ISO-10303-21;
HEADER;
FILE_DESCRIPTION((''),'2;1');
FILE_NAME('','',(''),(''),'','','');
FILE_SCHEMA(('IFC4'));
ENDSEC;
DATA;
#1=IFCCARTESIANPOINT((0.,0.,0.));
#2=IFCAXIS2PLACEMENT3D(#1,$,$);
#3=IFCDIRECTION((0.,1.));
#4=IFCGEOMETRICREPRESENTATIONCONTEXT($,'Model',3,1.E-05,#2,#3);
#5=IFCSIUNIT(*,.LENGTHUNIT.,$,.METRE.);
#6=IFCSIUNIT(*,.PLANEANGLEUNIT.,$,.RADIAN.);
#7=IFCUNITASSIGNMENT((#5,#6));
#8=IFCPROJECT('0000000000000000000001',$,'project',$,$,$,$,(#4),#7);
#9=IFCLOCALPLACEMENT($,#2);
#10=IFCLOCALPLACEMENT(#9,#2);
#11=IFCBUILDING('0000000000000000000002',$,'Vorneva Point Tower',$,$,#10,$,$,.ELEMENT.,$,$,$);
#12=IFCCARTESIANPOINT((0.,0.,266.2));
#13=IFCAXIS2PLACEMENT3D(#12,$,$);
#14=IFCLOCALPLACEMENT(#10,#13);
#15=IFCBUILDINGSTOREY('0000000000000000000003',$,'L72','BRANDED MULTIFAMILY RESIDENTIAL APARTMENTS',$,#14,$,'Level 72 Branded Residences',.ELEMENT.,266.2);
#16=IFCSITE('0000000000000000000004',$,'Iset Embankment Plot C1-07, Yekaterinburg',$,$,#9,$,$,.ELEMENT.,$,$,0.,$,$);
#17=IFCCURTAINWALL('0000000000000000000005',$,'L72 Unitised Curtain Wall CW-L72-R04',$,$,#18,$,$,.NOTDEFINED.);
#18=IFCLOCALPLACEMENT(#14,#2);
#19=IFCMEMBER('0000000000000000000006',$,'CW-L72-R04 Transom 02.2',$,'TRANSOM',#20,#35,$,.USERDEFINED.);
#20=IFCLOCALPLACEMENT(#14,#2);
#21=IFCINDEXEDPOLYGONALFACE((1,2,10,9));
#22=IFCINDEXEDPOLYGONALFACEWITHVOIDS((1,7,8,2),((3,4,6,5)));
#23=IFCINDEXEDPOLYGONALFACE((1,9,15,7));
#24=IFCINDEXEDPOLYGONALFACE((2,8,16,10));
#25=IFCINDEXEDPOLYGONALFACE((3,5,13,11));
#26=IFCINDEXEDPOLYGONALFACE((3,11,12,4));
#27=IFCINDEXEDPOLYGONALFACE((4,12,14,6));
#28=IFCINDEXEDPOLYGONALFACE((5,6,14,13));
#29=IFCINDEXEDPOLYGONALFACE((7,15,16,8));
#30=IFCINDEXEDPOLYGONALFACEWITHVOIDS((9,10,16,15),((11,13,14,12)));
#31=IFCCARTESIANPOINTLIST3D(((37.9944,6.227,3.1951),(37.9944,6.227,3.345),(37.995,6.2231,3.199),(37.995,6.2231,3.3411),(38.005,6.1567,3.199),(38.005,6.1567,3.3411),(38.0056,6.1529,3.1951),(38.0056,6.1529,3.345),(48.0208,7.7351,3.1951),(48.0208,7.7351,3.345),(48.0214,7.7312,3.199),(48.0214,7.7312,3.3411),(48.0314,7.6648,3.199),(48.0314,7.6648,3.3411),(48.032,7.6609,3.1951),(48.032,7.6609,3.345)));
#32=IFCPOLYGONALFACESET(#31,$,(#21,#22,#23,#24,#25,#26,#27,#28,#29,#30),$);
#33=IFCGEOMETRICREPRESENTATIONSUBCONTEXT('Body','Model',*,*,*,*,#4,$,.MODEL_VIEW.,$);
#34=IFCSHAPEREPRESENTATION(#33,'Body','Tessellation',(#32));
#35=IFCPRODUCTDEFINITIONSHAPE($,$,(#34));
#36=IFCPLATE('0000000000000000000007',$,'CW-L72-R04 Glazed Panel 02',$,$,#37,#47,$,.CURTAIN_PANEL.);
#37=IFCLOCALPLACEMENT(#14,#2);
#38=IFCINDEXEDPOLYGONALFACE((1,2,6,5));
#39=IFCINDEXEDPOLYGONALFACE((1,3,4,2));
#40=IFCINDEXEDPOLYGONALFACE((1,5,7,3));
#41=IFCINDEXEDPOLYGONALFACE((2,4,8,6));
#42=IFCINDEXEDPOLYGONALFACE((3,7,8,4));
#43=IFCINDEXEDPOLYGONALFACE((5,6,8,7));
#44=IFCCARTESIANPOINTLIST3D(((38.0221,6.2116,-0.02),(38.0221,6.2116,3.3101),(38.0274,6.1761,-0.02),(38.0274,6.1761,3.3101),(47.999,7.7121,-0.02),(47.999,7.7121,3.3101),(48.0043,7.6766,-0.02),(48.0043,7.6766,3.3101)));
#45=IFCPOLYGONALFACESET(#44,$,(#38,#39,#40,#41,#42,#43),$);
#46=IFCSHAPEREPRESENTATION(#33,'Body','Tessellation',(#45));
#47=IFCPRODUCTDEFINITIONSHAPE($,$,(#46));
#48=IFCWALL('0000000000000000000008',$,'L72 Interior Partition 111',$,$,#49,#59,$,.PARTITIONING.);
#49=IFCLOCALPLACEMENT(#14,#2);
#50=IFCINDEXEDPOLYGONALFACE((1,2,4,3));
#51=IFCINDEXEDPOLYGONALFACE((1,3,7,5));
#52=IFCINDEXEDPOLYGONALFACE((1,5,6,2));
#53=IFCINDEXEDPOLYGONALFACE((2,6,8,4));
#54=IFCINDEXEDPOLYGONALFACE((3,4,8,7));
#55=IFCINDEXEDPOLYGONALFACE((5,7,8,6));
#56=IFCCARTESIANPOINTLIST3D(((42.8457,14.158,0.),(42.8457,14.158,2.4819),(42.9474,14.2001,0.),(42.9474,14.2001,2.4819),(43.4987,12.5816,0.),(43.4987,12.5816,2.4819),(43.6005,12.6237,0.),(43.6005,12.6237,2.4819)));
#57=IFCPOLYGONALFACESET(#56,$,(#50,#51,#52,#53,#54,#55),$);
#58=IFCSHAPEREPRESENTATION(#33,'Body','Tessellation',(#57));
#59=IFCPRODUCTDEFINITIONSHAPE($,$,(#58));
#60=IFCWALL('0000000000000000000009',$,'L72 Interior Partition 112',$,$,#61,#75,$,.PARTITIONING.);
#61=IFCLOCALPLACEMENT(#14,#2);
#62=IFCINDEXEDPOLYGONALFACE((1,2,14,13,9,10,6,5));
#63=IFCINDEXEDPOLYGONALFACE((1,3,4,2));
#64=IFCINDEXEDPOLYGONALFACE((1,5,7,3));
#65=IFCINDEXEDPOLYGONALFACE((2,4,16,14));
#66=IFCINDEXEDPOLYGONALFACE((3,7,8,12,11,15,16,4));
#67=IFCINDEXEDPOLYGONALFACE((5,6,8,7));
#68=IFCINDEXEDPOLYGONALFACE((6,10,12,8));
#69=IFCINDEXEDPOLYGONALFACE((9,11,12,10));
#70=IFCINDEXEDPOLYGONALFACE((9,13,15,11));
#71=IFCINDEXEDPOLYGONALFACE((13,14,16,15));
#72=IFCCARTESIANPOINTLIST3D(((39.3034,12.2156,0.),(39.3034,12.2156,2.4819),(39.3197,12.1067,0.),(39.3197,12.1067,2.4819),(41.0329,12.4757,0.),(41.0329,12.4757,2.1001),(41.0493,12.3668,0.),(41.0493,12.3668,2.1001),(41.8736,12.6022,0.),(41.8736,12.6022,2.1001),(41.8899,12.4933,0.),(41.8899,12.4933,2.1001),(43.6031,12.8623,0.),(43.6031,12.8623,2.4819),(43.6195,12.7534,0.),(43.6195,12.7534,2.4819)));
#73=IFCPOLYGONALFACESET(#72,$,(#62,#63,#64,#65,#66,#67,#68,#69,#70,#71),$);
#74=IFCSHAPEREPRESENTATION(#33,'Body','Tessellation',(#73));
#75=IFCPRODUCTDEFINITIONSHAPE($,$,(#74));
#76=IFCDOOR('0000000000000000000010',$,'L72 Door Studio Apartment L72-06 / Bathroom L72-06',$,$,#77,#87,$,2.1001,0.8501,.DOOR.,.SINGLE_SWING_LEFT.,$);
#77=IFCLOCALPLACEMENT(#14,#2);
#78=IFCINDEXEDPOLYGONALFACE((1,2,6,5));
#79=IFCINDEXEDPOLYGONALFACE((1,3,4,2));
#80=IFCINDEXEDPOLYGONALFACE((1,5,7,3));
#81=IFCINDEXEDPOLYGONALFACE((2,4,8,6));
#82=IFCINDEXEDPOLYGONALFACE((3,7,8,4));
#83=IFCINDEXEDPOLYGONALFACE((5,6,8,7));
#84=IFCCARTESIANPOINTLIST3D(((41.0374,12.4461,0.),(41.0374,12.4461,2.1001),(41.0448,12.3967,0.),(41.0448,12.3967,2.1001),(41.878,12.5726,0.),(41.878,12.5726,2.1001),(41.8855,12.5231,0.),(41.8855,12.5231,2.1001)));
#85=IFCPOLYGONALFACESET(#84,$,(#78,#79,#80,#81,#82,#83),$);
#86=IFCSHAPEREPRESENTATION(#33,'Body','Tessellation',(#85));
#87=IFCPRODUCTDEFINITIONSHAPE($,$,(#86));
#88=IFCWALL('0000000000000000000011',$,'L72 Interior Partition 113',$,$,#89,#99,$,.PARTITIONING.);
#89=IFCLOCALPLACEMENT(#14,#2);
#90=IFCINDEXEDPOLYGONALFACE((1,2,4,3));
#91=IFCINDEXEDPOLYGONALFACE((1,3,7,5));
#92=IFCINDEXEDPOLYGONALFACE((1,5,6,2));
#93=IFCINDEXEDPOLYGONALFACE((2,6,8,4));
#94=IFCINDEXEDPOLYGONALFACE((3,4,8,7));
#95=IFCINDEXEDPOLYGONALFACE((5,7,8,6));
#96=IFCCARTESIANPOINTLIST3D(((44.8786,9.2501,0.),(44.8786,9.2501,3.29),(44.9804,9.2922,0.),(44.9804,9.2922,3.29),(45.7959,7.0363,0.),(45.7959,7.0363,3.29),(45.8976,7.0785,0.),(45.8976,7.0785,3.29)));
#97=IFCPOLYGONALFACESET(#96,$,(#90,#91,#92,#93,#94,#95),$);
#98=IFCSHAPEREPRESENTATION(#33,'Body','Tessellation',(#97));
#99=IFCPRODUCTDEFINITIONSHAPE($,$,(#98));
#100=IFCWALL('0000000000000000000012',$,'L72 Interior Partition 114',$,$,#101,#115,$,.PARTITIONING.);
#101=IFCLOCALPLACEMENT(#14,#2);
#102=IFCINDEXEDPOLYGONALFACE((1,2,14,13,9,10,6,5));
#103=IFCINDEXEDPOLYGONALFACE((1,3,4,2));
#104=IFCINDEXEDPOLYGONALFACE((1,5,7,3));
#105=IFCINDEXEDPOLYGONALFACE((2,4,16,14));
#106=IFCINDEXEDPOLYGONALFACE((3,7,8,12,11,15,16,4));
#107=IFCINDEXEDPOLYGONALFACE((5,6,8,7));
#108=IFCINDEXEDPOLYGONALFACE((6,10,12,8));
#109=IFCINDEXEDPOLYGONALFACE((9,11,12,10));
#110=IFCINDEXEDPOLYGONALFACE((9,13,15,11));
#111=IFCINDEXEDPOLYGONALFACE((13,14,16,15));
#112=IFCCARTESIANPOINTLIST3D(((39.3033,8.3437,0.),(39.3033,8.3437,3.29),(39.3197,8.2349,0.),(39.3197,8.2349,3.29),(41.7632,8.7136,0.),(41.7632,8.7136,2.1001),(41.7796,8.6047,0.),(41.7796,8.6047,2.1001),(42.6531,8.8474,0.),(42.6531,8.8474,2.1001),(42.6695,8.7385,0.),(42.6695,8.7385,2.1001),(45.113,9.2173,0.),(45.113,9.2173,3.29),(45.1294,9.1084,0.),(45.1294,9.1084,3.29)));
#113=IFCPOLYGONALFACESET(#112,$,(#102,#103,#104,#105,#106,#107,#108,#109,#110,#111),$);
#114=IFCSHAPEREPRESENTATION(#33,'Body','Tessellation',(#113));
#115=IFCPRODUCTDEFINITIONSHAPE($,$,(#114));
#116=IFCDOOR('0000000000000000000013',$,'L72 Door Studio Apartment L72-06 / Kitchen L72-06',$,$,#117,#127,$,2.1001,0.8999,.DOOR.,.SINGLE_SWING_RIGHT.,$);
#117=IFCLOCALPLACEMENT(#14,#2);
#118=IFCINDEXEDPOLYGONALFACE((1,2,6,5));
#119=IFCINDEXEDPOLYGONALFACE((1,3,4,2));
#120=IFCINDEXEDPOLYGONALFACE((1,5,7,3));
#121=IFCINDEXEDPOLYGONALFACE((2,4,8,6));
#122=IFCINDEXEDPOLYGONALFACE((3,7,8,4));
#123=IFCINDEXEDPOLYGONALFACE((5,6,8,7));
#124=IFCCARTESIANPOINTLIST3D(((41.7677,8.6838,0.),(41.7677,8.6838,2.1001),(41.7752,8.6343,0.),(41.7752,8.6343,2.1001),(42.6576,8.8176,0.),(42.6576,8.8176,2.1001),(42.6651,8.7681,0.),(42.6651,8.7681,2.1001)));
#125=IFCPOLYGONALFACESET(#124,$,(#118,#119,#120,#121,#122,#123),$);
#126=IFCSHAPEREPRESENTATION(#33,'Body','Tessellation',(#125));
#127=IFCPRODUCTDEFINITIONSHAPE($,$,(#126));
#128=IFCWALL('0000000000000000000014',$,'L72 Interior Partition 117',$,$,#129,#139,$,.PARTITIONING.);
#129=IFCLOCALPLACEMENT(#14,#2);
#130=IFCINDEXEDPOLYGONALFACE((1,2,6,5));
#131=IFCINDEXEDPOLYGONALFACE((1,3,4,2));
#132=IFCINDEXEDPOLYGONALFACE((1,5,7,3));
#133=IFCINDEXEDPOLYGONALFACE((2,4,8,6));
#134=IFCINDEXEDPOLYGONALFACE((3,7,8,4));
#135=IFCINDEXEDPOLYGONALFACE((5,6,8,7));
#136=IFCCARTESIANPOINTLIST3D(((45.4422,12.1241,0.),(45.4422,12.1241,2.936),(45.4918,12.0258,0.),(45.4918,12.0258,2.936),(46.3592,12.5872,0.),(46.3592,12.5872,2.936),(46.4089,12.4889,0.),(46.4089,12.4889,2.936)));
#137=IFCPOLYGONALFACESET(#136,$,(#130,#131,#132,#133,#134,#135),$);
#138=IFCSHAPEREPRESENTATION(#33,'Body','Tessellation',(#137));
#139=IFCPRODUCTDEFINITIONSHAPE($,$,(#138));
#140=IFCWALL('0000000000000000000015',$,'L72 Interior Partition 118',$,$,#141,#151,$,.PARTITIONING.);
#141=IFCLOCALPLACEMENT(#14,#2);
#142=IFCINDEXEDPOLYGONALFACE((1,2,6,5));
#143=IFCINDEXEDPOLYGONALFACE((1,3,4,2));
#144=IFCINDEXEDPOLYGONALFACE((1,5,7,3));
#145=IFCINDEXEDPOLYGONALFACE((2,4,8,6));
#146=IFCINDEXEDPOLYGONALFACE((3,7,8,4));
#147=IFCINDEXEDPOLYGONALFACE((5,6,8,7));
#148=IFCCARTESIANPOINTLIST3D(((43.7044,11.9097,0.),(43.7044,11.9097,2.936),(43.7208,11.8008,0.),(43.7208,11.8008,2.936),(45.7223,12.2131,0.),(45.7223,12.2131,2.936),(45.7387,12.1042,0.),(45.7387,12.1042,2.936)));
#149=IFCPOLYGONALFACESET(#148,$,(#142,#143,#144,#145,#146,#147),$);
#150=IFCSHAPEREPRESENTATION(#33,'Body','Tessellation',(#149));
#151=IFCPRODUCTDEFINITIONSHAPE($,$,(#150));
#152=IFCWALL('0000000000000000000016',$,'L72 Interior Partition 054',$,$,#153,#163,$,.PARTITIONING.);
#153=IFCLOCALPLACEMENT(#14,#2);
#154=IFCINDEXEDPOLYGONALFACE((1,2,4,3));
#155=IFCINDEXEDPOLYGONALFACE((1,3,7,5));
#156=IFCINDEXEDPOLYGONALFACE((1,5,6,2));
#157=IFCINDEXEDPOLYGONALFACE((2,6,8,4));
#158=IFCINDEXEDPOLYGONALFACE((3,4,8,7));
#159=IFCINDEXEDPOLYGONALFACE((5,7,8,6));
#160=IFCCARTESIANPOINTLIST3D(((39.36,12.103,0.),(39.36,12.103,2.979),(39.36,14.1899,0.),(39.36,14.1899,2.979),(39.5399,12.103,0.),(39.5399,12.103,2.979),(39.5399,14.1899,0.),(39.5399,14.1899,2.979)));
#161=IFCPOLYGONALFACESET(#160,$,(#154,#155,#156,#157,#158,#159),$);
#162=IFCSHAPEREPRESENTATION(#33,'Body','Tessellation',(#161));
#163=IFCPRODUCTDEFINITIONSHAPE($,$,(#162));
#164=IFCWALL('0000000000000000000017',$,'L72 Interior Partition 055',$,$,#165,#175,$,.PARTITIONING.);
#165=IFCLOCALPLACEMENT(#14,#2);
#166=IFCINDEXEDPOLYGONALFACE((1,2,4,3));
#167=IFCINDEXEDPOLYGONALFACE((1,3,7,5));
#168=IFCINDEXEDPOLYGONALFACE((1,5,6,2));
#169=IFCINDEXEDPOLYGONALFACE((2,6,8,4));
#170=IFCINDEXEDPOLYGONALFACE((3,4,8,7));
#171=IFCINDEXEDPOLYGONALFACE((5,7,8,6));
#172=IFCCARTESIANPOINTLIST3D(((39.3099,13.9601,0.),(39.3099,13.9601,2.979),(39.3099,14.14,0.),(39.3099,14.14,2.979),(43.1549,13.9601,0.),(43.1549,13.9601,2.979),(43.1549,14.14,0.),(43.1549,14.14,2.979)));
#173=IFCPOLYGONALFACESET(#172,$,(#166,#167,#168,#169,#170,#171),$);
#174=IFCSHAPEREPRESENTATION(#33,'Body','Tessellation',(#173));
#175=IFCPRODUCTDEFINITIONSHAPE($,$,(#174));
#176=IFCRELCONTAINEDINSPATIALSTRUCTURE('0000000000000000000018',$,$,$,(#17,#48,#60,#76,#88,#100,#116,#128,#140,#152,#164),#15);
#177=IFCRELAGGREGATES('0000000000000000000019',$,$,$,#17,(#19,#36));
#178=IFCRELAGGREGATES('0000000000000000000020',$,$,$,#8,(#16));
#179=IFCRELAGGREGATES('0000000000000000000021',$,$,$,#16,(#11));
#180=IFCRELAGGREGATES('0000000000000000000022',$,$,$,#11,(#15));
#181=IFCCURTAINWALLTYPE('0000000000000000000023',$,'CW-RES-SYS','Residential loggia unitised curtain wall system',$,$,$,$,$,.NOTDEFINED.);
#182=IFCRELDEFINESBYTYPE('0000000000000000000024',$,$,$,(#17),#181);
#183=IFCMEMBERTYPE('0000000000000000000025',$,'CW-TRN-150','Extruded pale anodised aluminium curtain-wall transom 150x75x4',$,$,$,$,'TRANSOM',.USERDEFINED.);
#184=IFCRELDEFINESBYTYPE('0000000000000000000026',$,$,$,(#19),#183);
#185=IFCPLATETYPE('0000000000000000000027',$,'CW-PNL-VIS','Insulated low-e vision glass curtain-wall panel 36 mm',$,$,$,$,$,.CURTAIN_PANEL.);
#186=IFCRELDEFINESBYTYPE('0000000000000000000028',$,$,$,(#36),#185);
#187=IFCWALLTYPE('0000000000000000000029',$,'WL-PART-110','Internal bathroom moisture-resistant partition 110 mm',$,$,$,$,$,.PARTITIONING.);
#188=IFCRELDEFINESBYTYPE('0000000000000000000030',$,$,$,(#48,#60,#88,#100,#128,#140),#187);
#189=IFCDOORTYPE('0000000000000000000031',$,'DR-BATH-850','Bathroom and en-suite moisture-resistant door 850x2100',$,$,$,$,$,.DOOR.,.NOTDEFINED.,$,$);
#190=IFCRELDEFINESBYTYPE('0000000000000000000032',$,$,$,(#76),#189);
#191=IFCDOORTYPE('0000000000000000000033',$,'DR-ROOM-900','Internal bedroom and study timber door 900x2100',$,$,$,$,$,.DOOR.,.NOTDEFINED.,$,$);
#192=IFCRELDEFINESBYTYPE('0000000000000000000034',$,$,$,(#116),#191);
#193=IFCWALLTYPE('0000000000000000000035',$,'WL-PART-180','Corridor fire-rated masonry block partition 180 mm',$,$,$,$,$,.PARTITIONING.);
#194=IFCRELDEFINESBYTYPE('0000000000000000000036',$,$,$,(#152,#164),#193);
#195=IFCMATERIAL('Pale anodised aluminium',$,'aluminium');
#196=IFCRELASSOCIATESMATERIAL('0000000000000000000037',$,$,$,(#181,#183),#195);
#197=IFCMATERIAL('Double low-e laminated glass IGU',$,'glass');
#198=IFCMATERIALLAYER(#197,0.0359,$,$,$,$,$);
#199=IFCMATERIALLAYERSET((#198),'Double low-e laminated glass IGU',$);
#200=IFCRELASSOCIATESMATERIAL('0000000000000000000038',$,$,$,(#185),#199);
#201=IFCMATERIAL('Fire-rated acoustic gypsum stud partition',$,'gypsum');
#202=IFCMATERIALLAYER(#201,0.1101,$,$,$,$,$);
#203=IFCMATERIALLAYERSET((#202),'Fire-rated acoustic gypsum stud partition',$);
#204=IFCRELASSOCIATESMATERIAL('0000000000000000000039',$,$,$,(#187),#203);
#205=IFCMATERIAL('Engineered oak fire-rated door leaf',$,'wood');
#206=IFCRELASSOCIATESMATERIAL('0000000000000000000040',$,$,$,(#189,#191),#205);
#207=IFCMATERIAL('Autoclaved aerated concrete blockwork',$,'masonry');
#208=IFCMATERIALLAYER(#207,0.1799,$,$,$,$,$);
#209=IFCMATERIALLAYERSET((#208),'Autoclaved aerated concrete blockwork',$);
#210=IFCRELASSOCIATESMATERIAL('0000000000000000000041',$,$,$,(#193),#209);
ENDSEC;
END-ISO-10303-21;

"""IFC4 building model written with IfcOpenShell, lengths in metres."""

from ifc_helpers import new_model, si_unit, direction, frame, frame_2d, origin, origin_2d, place, context, subcontext, project, spatial, rectangle, hollow_rectangle, extrude, material, layer, layer_set, material_profile, profile_set, type_object, element, fill, aggregate, save


model = new_model("IFC4")

# Units and contexts
model_context = context("Model", 3, precision=1e-05, world=origin(), true_north=direction((0.0, 1.0)))
body_context = subcontext(model_context, "Body", "Model", "MODEL_VIEW")
ifc_project = project(units=[si_unit("LENGTHUNIT", "METRE"), si_unit("PLANEANGLEUNIT", "RADIAN")], contexts=[model_context])

# Site, building, storey
site_placement = place(None, origin())
site = spatial("IfcSite", under=ifc_project, at=site_placement, Name="Iset Embankment Plot C1-07, Yekaterinburg", CompositionType="ELEMENT", RefElevation=0.0)
building_placement = place(site_placement, origin())
building = spatial("IfcBuilding", under=site, at=building_placement, Name="Vorneva Point Tower", CompositionType="ELEMENT")
storey_placement = place(building_placement, frame((0.0, 0.0, 266.2)))
storey = spatial("IfcBuildingStorey", under=building, at=storey_placement, Name="L72", Description="BRANDED MULTIFAMILY RESIDENTIAL APARTMENTS", LongName="Level 72 Branded Residences", CompositionType="ELEMENT", Elevation=266.2)

# Curtain wall, member, plate
ifc_material_1 = material(Name="Pale anodised aluminium", Category="aluminium")
curtain_wall_type = type_object("IfcCurtainWallType", Name="CW-RES-SYS", Description="Residential loggia unitised curtain wall system", PredefinedType="NOTDEFINED", material=ifc_material_1)
curtain_wall_placement = place(storey_placement, origin())
curtain_wall = element("IfcCurtainWall", 1, at=curtain_wall_placement, inside=storey, type_object=curtain_wall_type, Name="L72 Unitised Curtain Wall CW-L72-R04", PredefinedType="NOTDEFINED")
ifc_material_profile_1 = material_profile(ifc_material_1, hollow_rectangle(XDim=0.075, YDim=0.1499, WallThickness=0.0039, at=origin_2d()), Name="AL-TRN 150x75x4")
ifc_profile_set_1 = profile_set([ifc_material_profile_1], Name="Pale anodised aluminium")
member_type_1 = type_object("IfcMemberType", Name="CW-TRN-150", Description="Extruded pale anodised aluminium curtain-wall transom 150x75x4", ElementType="TRANSOM", PredefinedType="USERDEFINED", material=ifc_profile_set_1)
member_1_placement = place(storey_placement, frame((38.0, 6.1899, 3.27), z_axis=(0.988877, 0.148736, 0.0), x_axis=(-0.148736, 0.988877, 0.0)))
member_1 = element("IfcMember", 2, at=member_1_placement, type_object=member_type_1, Name="CW-L72-R04 Transom 02.2", ObjectType="TRANSOM", PredefinedType="USERDEFINED", context=body_context, shape_type="SweptSolid", body=[
    extrude(hollow_rectangle(XDim=0.075, YDim=0.1499, WallThickness=0.0039, at=origin_2d()), origin(), (0.0, 0.0, 1.0), 10.1392),
])
ifc_material_2 = material(Name="Double low-e laminated glass IGU", Category="glass")
ifc_layer_1 = layer(ifc_material_2, 0.0359)
ifc_layer_set_1 = layer_set([ifc_layer_1], Name="Double low-e laminated glass IGU")
plate_type = type_object("IfcPlateType", Name="CW-PNL-VIS", Description="Insulated low-e vision glass curtain-wall panel 36 mm", PredefinedType="CURTAIN_PANEL", material=ifc_layer_set_1)
plate_placement = place(storey_placement, frame((43.0132, 6.9441, -0.02), z_axis=(0.0, 0.0, 1.0), x_axis=(0.988879, 0.148724, 0.0)))
plate = element("IfcPlate", 3, at=plate_placement, type_object=plate_type, Name="CW-L72-R04 Glazed Panel 02", PredefinedType="CURTAIN_PANEL", context=body_context, shape_type="SweptSolid", body=[
    extrude(rectangle(XDim=10.0891, YDim=0.0359, at=origin_2d()), origin(), (0.0, 0.0, 1.0), 3.3301),
])
aggregate(curtain_wall, [member_1, plate])

# Wall
ifc_material_3 = material(Name="Fire-rated acoustic gypsum stud partition", Category="gypsum")
ifc_layer_2 = layer(ifc_material_3, 0.1101)
ifc_layer_set_2 = layer_set([ifc_layer_2], Name="Fire-rated acoustic gypsum stud partition")
wall_type_1 = type_object("IfcWallType", Name="WL-PART-110", Description="Internal bathroom moisture-resistant partition 110 mm", PredefinedType="PARTITIONING", material=ifc_layer_set_2)
wall_1_placement = place(storey_placement, frame((43.5496, 12.6028, 0.0), z_axis=(0.0, 0.0, 1.0), x_axis=(-0.382735, 0.923858, 0.0)))
element("IfcWall", 4, at=wall_1_placement, inside=storey, type_object=wall_type_1, Name="L72 Interior Partition 111", PredefinedType="PARTITIONING", context=body_context, shape_type="SweptSolid", body=[
    extrude(rectangle(XDim=1.7063, YDim=0.1101, at=frame_2d((0.853, 0.0))), origin(), (0.0, 0.0, 1.0), 2.4819),
])

# Wall, opening, door
wall_2_placement = place(storey_placement, frame((43.6113, 12.8079, 0.0), z_axis=(0.0, 0.0, 1.0), x_axis=(-0.988877, -0.148736, 0.0)))
wall_2 = element("IfcWall", 5, at=wall_2_placement, inside=storey, type_object=wall_type_1, Name="L72 Interior Partition 112", PredefinedType="PARTITIONING", context=body_context, shape_type="SweptSolid", body=[
    extrude(rectangle(XDim=4.3481, YDim=0.1101, at=frame_2d((2.1741, 0.0))), origin(), (0.0, 0.0, 1.0), 2.4819),
])
opening_1_placement = place(wall_2_placement, frame((1.749, 0.0, 0.0)))
opening_1 = element("IfcOpeningElement", 6, at=opening_1_placement, cuts=wall_2, PredefinedType="OPENING", context=body_context, shape_type="SweptSolid", body=[
    extrude(rectangle(XDim=0.8501, YDim=2.1001, at=frame_2d((0.425, 1.05))), frame((0.0, 0.0698, 0.0), z_axis=(0.0, -1.0, 0.0), x_axis=(1.0, 0.0, 0.0)), (0.0, 0.0, 1.0), 0.1399),
])
ifc_material_4 = material(Name="Engineered oak fire-rated door leaf", Category="wood")
door_type_1 = type_object("IfcDoorType", Name="DR-BATH-850", Description="Bathroom and en-suite moisture-resistant door 850x2100", OperationType="NOTDEFINED", PredefinedType="DOOR", material=ifc_material_4)
door_1_placement = place(opening_1_placement, origin())
door_1 = element("IfcDoor", 7, at=door_1_placement, inside=storey, type_object=door_type_1, Name="L72 Door Studio Apartment L72-06 / Bathroom L72-06", OperationType="SINGLE_SWING_LEFT", OverallHeight=2.1001, OverallWidth=0.8501, PredefinedType="DOOR", context=body_context, shape_type="SweptSolid", body=[
    extrude(rectangle(XDim=0.8501, YDim=2.1001, at=frame_2d((0.425, 1.05))), frame((0.0, 0.0249, 0.0), z_axis=(0.0, -1.0, 0.0), x_axis=(1.0, 0.0, 0.0)), (0.0, 0.0, 1.0), 0.05),
])
fill(opening_1, door_1)

# Wall
wall_3_placement = place(storey_placement, frame((44.9294, 9.2712, 0.0), z_axis=(0.0, 0.0, 1.0), x_axis=(0.382799, -0.923832, 0.0)))
element("IfcWall", 8, at=wall_3_placement, inside=storey, type_object=wall_type_1, Name="L72 Interior Partition 113", PredefinedType="PARTITIONING", context=body_context, shape_type="SweptSolid", body=[
    extrude(rectangle(XDim=2.3962, YDim=0.1101, at=frame_2d((1.1982, 0.0))), origin(), (0.0, 0.0, 1.0), 3.29),
])

# Wall, opening, door
wall_4_placement = place(storey_placement, frame((39.3115, 8.2893, 0.0), z_axis=(0.0, 0.0, 1.0), x_axis=(0.988885, 0.148684, 0.0)))
wall_4 = element("IfcWall", 9, at=wall_4_placement, inside=storey, type_object=wall_type_1, Name="L72 Interior Partition 114", PredefinedType="PARTITIONING", context=body_context, shape_type="SweptSolid", body=[
    extrude(rectangle(XDim=5.875, YDim=0.1101, at=frame_2d((2.9375, 0.0))), origin(), (0.0, 0.0, 1.0), 3.29),
])
opening_2_placement = place(wall_4_placement, frame((2.4875, 0.0, 0.0)))
opening_2 = element("IfcOpeningElement", 10, at=opening_2_placement, cuts=wall_4, PredefinedType="OPENING", context=body_context, shape_type="SweptSolid", body=[
    extrude(rectangle(XDim=0.8999, YDim=2.1001, at=frame_2d((0.45, 1.05))), frame((0.0, 0.0698, 0.0), z_axis=(0.0, -1.0, 0.0), x_axis=(1.0, 0.0, 0.0)), (0.0, 0.0, 1.0), 0.1399),
])
door_type_2 = type_object("IfcDoorType", Name="DR-ROOM-900", Description="Internal bedroom and study timber door 900x2100", OperationType="NOTDEFINED", PredefinedType="DOOR", material=ifc_material_4)
door_2_placement = place(opening_2_placement, origin())
door_2 = element("IfcDoor", 11, at=door_2_placement, inside=storey, type_object=door_type_2, Name="L72 Door Studio Apartment L72-06 / Kitchen L72-06", OperationType="SINGLE_SWING_RIGHT", OverallHeight=2.1001, OverallWidth=0.8999, PredefinedType="DOOR", context=body_context, shape_type="SweptSolid", body=[
    extrude(rectangle(XDim=0.8999, YDim=2.1001, at=frame_2d((0.45, 1.05))), frame((0.0, 0.0249, 0.0), z_axis=(0.0, -1.0, 0.0), x_axis=(1.0, 0.0, 0.0)), (0.0, 0.0, 1.0), 0.05),
])
fill(opening_2, door_2)

# Walls
wall_5_placement = place(storey_placement, frame((46.384, 12.5381, 0.0), z_axis=(0.0, 0.0, 1.0), x_axis=(-0.892614, -0.450822, 0.0)))
element("IfcWall", 12, at=wall_5_placement, inside=storey, type_object=wall_type_1, Name="L72 Interior Partition 117", PredefinedType="PARTITIONING", context=body_context, shape_type="SweptSolid", body=[
    extrude(rectangle(XDim=1.0273, YDim=0.1101, at=frame_2d((0.5137, 0.0))), origin(), (0.0, 0.0, 1.0), 2.936),
])
wall_6_placement = place(storey_placement, frame((45.7305, 12.1587, 0.0), z_axis=(0.0, 0.0, 1.0), x_axis=(-0.988879, -0.148721, 0.0)))
element("IfcWall", 13, at=wall_6_placement, inside=storey, type_object=wall_type_1, Name="L72 Interior Partition 118", PredefinedType="PARTITIONING", context=body_context, shape_type="SweptSolid", body=[
    extrude(rectangle(XDim=2.0405, YDim=0.1101, at=frame_2d((1.0203, 0.0))), origin(), (0.0, 0.0, 1.0), 2.936),
])

# Shared definitions
ifc_material_5 = material(Name="Autoclaved aerated concrete blockwork", Category="masonry")
ifc_layer_3 = layer(ifc_material_5, 0.1799)
ifc_layer_set_3 = layer_set([ifc_layer_3], Name="Autoclaved aerated concrete blockwork")
wall_type_2 = type_object("IfcWallType", Name="WL-PART-180", Description="Corridor fire-rated masonry block partition 180 mm", PredefinedType="PARTITIONING", material=ifc_layer_set_3)

# Walls
wall_7_placement = place(storey_placement, frame((39.45, 12.103, 0.0), z_axis=(0.0, 0.0, 1.0), x_axis=(0.0, 1.0, 0.0)))
element("IfcWall", 14, at=wall_7_placement, inside=storey, type_object=wall_type_2, Name="L72 Interior Partition 054", PredefinedType="PARTITIONING", context=body_context, shape_type="SweptSolid", body=[
    extrude(rectangle(XDim=2.0869, YDim=0.1799, at=frame_2d((1.0435, 0.0))), origin(), (0.0, 0.0, 1.0), 2.979),
])
wall_8_placement = place(storey_placement, frame((39.3101, 14.05, 0.0), z_axis=(0.0, 0.0, 1.0), x_axis=(1.0, 0.0, 0.0)))
element("IfcWall", 15, at=wall_8_placement, inside=storey, type_object=wall_type_2, Name="L72 Interior Partition 055", PredefinedType="PARTITIONING", context=body_context, shape_type="SweptSolid", body=[
    extrude(rectangle(XDim=3.845, YDim=0.1799, at=frame_2d((1.9224, 0.0))), origin(), (0.0, 0.0, 1.0), 2.979),
])

save(model, "model.ifc")
